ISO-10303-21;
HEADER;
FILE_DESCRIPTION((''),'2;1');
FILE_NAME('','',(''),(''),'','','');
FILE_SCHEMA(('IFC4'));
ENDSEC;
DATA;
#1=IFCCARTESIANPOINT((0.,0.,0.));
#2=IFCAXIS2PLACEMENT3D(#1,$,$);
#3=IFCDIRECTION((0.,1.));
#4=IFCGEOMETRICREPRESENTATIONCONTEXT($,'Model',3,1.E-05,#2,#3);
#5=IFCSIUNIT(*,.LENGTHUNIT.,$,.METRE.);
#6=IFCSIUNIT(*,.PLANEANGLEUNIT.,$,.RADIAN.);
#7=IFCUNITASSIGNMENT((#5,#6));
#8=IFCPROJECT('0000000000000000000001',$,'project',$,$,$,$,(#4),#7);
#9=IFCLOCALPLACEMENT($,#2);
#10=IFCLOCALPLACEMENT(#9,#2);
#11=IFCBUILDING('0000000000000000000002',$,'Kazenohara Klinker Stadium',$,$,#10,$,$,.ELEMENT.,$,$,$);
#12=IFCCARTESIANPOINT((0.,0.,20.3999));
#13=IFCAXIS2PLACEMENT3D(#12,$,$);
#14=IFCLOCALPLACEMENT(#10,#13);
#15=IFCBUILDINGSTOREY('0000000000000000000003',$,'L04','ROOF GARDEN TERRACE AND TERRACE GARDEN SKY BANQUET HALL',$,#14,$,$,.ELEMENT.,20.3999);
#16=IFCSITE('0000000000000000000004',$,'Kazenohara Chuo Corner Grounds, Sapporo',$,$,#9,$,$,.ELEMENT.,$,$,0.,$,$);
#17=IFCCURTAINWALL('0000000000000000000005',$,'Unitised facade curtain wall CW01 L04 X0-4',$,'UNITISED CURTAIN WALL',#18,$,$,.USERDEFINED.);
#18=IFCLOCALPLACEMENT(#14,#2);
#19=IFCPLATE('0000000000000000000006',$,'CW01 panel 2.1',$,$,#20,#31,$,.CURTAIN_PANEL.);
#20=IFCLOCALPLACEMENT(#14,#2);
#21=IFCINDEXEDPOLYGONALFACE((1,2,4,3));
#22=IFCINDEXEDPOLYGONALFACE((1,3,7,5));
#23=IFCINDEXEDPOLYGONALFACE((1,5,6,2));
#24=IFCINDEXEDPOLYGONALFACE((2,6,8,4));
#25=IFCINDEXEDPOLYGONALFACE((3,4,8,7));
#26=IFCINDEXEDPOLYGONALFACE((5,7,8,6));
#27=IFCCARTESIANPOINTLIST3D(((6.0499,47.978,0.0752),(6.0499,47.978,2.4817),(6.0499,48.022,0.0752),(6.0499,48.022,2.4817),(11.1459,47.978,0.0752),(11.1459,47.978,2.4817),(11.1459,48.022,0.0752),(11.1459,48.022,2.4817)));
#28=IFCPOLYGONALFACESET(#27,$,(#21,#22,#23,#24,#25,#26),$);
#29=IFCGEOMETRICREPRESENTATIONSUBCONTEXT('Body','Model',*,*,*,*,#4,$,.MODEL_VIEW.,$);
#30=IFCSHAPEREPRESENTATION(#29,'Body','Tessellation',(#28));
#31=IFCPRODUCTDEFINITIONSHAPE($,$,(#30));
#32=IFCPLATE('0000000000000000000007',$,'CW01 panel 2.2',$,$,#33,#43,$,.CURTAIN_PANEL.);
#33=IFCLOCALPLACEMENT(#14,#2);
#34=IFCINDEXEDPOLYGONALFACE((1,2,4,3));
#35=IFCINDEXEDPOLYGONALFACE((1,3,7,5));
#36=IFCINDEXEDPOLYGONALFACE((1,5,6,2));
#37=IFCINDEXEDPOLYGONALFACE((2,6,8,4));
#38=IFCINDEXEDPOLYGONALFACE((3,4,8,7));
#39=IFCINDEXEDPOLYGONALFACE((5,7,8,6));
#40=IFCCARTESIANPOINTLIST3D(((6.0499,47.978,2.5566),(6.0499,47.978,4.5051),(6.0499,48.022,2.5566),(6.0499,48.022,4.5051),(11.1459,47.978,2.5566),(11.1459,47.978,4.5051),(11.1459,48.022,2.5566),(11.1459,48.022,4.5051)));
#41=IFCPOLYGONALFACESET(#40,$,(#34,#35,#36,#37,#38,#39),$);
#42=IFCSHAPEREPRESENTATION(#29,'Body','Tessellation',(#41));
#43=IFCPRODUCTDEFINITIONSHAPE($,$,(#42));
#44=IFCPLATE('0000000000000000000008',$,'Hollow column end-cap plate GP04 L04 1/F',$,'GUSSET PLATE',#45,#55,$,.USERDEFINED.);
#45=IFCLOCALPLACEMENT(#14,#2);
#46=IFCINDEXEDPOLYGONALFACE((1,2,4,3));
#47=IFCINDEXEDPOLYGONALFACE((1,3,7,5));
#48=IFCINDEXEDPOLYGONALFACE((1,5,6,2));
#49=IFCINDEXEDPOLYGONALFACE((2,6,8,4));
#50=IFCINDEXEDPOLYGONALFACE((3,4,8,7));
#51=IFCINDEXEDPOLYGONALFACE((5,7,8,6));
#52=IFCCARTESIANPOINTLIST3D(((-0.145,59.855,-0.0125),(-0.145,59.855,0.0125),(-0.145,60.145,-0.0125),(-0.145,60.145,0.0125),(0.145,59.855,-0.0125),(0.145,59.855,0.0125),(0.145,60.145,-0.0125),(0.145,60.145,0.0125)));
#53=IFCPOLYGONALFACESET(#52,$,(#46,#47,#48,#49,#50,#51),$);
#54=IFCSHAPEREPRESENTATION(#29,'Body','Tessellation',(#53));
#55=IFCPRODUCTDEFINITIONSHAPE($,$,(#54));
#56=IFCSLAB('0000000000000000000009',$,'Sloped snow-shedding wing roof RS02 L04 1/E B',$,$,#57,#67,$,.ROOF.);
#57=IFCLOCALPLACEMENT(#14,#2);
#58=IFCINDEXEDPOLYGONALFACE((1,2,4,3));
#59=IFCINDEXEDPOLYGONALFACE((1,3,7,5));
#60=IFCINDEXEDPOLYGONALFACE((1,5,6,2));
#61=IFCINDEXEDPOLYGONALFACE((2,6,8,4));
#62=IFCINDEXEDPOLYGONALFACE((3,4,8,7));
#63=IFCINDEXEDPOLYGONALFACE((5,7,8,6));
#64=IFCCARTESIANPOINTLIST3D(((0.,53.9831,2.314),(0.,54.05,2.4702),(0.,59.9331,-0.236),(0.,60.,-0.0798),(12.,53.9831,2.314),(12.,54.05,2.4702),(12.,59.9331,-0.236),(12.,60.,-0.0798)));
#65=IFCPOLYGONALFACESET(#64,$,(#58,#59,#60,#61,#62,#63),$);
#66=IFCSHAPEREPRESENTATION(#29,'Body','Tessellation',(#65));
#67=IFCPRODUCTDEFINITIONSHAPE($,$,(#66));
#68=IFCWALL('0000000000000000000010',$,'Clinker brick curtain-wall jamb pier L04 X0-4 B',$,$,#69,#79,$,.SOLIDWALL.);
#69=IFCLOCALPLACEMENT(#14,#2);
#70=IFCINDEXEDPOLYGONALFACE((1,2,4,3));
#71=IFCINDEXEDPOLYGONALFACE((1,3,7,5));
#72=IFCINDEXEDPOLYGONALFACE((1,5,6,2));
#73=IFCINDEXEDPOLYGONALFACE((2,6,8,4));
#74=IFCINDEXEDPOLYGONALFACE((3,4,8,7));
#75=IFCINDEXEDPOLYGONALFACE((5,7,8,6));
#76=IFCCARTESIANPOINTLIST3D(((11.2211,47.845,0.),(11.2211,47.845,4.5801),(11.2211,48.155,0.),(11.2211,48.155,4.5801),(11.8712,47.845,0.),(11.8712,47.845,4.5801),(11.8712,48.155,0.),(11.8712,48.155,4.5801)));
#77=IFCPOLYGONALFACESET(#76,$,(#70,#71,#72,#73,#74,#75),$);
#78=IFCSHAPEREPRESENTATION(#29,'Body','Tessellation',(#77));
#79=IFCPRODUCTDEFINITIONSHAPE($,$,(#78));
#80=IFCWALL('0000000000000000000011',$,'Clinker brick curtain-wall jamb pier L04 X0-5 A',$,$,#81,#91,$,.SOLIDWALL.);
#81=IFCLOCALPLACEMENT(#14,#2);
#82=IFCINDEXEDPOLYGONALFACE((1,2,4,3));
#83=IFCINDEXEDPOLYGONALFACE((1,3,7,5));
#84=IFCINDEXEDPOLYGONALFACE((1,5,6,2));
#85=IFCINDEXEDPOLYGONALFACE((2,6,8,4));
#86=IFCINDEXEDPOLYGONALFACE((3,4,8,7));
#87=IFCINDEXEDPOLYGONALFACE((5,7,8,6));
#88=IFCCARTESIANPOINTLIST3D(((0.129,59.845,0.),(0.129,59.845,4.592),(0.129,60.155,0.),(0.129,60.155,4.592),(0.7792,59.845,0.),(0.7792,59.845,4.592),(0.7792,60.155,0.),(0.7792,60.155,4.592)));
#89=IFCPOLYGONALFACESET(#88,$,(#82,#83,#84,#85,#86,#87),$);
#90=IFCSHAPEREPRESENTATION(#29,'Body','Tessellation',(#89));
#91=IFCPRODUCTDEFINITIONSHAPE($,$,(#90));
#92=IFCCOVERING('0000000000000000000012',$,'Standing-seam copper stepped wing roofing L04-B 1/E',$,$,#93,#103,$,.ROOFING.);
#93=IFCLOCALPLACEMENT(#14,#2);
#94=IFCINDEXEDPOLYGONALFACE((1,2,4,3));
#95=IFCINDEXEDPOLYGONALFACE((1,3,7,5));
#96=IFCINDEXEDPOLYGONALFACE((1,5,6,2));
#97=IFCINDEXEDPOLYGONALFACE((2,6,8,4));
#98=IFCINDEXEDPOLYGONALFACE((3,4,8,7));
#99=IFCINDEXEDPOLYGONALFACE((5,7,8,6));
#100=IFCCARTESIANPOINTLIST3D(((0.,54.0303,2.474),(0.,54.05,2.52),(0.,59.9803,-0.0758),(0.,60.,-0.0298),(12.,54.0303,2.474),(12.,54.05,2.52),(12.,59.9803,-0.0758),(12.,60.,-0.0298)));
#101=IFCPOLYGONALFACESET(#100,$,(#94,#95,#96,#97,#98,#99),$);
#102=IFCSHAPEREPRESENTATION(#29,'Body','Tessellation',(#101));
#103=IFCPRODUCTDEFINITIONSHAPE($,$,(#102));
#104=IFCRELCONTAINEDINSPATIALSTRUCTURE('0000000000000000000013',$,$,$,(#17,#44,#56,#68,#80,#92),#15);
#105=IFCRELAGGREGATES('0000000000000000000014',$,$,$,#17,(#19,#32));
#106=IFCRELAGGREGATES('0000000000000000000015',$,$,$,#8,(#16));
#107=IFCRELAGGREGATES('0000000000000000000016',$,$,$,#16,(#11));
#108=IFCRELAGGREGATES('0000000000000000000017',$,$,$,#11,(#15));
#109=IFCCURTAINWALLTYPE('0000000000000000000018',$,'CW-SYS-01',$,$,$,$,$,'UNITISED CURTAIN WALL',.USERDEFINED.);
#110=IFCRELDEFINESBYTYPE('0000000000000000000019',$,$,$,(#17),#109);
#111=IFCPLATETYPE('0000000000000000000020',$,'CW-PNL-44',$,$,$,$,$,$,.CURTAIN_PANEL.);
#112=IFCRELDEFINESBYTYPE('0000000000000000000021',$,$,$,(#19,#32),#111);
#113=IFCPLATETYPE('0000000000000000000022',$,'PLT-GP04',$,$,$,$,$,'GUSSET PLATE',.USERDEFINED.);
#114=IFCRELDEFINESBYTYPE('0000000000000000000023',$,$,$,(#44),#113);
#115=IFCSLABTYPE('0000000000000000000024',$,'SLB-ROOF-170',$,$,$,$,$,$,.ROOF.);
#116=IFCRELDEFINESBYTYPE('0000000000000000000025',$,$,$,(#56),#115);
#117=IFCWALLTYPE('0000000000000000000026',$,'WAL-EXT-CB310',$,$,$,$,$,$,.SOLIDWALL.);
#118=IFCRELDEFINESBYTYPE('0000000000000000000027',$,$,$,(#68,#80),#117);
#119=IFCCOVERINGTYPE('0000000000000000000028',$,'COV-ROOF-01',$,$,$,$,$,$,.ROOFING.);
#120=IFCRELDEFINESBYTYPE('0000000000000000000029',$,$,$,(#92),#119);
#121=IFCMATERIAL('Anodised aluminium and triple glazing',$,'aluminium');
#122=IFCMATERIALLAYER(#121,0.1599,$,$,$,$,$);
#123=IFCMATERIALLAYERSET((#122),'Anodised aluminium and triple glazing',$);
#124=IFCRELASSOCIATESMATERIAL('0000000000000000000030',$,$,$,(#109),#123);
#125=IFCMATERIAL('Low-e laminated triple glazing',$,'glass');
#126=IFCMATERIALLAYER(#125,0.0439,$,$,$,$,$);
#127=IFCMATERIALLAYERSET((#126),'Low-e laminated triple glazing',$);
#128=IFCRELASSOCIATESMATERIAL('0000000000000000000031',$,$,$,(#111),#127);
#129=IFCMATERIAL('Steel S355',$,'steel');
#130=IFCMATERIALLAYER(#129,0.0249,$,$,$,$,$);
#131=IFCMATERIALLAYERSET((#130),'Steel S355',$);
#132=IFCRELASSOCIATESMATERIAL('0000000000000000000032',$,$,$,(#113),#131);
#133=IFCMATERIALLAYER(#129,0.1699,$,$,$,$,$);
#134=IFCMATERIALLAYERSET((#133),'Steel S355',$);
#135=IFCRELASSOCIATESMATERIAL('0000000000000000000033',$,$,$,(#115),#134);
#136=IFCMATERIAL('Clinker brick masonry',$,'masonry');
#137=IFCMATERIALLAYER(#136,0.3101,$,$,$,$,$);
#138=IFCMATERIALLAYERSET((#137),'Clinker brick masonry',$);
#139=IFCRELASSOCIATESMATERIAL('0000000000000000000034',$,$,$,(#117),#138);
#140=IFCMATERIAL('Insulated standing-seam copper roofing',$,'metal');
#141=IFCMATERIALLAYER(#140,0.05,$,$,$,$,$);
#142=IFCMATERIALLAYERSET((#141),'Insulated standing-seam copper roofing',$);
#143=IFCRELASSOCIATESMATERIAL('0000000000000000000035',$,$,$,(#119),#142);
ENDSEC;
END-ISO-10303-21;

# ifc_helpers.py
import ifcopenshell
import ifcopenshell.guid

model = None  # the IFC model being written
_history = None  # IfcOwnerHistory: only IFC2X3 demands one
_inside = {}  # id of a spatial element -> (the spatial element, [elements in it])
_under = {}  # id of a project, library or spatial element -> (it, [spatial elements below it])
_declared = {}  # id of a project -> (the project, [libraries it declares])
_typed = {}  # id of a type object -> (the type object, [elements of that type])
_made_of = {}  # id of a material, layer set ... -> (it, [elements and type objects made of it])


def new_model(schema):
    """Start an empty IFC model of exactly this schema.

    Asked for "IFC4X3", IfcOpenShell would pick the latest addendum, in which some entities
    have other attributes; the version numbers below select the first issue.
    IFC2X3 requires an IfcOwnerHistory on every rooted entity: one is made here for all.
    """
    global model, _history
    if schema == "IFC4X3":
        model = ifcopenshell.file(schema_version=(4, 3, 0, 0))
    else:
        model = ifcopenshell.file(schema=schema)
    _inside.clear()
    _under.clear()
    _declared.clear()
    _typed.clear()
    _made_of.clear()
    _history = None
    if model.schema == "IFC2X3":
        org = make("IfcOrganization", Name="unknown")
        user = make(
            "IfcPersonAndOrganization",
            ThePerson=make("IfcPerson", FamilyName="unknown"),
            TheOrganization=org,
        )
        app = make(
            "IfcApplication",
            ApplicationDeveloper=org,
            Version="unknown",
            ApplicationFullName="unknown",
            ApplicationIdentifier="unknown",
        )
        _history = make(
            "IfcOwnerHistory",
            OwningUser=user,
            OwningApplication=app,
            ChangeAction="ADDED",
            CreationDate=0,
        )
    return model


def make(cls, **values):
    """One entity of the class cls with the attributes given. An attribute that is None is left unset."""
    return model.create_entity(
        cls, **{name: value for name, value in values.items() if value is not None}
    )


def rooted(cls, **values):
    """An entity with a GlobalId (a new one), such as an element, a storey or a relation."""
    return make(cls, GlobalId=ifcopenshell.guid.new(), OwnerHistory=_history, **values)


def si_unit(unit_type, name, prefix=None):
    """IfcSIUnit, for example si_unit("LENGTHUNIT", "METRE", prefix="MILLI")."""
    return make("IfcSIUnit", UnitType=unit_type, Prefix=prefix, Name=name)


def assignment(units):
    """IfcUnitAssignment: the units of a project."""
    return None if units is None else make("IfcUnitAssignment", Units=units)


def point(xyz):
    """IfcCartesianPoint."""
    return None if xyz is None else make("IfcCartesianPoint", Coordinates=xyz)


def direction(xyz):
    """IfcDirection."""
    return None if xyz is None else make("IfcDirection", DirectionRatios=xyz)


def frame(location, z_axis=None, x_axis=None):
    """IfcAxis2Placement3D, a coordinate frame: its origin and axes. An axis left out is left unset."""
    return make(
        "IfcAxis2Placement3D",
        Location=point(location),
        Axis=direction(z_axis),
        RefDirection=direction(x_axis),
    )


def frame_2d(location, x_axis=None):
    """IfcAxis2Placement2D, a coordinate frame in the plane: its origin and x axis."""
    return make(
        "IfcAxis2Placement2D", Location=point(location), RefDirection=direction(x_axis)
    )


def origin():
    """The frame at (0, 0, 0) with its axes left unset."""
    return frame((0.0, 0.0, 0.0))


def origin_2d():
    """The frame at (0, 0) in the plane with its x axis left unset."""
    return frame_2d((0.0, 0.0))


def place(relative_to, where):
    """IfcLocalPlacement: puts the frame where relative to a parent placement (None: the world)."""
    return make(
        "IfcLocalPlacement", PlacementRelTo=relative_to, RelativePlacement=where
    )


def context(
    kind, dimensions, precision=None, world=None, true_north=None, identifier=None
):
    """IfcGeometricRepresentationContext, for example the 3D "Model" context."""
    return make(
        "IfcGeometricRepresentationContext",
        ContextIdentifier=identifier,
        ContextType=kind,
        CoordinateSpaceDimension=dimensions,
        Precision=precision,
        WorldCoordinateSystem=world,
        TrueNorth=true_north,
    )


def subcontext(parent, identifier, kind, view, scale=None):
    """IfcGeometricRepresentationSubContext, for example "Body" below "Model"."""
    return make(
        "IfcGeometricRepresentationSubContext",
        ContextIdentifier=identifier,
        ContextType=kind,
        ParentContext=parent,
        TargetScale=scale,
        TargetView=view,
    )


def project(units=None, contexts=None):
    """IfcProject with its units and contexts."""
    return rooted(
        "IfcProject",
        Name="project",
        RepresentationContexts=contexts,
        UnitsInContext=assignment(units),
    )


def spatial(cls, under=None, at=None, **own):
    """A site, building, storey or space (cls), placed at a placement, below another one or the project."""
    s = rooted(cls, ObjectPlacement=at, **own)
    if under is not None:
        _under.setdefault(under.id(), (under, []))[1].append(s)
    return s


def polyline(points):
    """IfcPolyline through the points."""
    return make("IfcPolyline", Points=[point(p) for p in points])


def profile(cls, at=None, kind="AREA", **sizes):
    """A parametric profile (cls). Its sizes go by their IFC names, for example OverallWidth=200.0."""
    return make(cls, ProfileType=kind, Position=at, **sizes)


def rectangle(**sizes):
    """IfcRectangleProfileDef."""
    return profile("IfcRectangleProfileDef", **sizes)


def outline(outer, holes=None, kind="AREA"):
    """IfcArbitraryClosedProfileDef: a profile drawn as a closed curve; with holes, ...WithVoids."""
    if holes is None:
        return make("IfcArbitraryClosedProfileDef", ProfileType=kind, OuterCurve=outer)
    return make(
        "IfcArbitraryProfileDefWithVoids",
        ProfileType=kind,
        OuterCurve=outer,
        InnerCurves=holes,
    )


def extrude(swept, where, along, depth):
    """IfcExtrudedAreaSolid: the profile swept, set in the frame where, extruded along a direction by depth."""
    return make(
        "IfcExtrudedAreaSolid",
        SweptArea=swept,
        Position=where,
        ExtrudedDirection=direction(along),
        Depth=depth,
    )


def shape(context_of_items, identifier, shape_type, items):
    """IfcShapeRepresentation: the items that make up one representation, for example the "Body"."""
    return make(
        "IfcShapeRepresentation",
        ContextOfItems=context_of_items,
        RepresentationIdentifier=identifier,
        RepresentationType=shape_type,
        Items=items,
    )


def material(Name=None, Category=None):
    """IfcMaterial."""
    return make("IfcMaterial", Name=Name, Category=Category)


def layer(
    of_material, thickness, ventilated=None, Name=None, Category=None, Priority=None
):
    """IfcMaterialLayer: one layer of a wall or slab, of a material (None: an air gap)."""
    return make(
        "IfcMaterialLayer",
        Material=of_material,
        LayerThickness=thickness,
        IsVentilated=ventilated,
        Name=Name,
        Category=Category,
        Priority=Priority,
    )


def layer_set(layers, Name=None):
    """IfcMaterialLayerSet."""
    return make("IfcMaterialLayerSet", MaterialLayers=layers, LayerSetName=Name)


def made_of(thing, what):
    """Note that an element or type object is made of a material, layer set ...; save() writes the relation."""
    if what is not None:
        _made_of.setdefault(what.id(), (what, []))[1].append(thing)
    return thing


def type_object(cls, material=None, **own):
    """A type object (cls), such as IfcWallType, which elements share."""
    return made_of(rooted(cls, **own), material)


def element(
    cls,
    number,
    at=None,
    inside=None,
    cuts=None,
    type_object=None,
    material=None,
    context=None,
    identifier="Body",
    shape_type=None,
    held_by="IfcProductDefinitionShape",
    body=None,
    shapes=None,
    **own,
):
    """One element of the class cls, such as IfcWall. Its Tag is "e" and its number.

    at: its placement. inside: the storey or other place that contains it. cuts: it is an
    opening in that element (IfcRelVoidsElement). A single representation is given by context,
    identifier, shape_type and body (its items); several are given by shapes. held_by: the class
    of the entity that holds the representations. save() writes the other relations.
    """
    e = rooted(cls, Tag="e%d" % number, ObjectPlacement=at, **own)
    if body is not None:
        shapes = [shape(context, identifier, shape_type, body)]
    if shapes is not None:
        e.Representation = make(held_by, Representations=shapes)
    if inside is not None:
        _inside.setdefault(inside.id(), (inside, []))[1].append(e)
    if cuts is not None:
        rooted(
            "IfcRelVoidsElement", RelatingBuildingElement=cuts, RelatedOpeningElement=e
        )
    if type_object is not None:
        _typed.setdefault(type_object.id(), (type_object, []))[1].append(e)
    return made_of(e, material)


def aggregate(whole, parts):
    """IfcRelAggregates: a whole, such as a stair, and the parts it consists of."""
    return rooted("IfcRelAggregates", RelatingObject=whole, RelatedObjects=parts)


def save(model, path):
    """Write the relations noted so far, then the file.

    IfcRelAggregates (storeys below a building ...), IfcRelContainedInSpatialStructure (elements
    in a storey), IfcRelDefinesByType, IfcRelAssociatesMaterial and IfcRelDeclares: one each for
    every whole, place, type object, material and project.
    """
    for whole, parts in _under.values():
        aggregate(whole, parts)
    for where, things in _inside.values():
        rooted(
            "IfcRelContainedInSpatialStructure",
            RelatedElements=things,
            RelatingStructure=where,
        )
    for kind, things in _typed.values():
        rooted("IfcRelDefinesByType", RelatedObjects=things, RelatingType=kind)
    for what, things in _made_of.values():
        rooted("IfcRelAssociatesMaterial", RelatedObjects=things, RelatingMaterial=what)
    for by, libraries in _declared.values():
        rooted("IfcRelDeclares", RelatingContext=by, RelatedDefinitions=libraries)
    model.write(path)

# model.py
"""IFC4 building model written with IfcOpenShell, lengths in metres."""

from ifc_helpers import new_model, si_unit, direction, frame, frame_2d, origin, origin_2d, place, context, subcontext, project, spatial, polyline, rectangle, outline, extrude, material, layer, layer_set, type_object, element, aggregate, save


model = new_model("IFC4")

# Units and contexts
model_context = context("Model", 3, precision=1e-05, world=origin(), true_north=direction((0.0, 1.0)))
body_context = subcontext(model_context, "Body", "Model", "MODEL_VIEW")
ifc_project = project(units=[si_unit("LENGTHUNIT", "METRE"), si_unit("PLANEANGLEUNIT", "RADIAN")], contexts=[model_context])

# Site, building, storey
site_placement = place(None, origin())
site = spatial("IfcSite", under=ifc_project, at=site_placement, Name="Kazenohara Chuo Corner Grounds, Sapporo", CompositionType="ELEMENT", RefElevation=0.0)
building_placement = place(site_placement, origin())
building = spatial("IfcBuilding", under=site, at=building_placement, Name="Kazenohara Klinker Stadium", CompositionType="ELEMENT")
storey_placement = place(building_placement, frame((0.0, 0.0, 20.3999)))
storey = spatial("IfcBuildingStorey", under=building, at=storey_placement, Name="L04", Description="ROOF GARDEN TERRACE AND TERRACE GARDEN SKY BANQUET HALL", CompositionType="ELEMENT", Elevation=20.3999)

# Shared definitions
ifc_material_1 = material(Name="Steel S355", Category="steel")

# Curtain wall
ifc_material_2 = material(Name="Anodised aluminium and triple glazing", Category="aluminium")
ifc_layer_1 = layer(ifc_material_2, 0.1599)
ifc_layer_set_1 = layer_set([ifc_layer_1], Name="Anodised aluminium and triple glazing")
curtain_wall_type_1 = type_object("IfcCurtainWallType", Name="CW-SYS-01", ElementType="UNITISED CURTAIN WALL", PredefinedType="USERDEFINED", material=ifc_layer_set_1)
curtain_wall_1_placement = place(storey_placement, origin())
curtain_wall_1 = element("IfcCurtainWall", 1, at=curtain_wall_1_placement, inside=storey, type_object=curtain_wall_type_1, Name="Unitised facade curtain wall CW01 L04 X0-4", ObjectType="UNITISED CURTAIN WALL", PredefinedType="USERDEFINED")

# Plates
ifc_material_3 = material(Name="Low-e laminated triple glazing", Category="glass")
ifc_layer_2 = layer(ifc_material_3, 0.0439)
ifc_layer_set_2 = layer_set([ifc_layer_2], Name="Low-e laminated triple glazing")
plate_type_1 = type_object("IfcPlateType", Name="CW-PNL-44", PredefinedType="CURTAIN_PANEL", material=ifc_layer_set_2)
plate_1_placement = place(storey_placement, frame((8.5979, 48.0, 0.0752), z_axis=(0.0, 0.0, 1.0), x_axis=(1.0, 0.0, 0.0)))
plate_1 = element("IfcPlate", 2, at=plate_1_placement, type_object=plate_type_1, Name="CW01 panel 2.1", PredefinedType="CURTAIN_PANEL", context=body_context, shape_type="SweptSolid", body=[
    extrude(rectangle(XDim=5.0959, YDim=0.0439, at=origin_2d()), origin(), (0.0, 0.0, 1.0), 2.4065),
])
plate_2_placement = place(storey_placement, frame((8.5979, 48.0, 2.5566), z_axis=(0.0, 0.0, 1.0), x_axis=(1.0, 0.0, 0.0)))
plate_2 = element("IfcPlate", 3, at=plate_2_placement, type_object=plate_type_1, Name="CW01 panel 2.2", PredefinedType="CURTAIN_PANEL", context=body_context, shape_type="SweptSolid", body=[
    extrude(rectangle(XDim=5.0959, YDim=0.0439, at=origin_2d()), origin(), (0.0, 0.0, 1.0), 1.9485),
])
aggregate(curtain_wall_1, [plate_1, plate_2])
ifc_layer_3 = layer(ifc_material_1, 0.0249)
ifc_layer_set_3 = layer_set([ifc_layer_3], Name="Steel S355")
plate_type_2 = type_object("IfcPlateType", Name="PLT-GP04", ElementType="GUSSET PLATE", PredefinedType="USERDEFINED", material=ifc_layer_set_3)
plate_3_placement = place(storey_placement, frame((0.0, 60.0, -0.0125), z_axis=(0.0, 0.0, 1.0), x_axis=(1.0, 0.0, 0.0)))
element("IfcPlate", 4, at=plate_3_placement, inside=storey, type_object=plate_type_2, Name="Hollow column end-cap plate GP04 L04 1/F", ObjectType="GUSSET PLATE", PredefinedType="USERDEFINED", context=body_context, shape_type="SweptSolid", body=[
    extrude(rectangle(XDim=0.29, YDim=0.29, at=origin_2d()), origin(), (0.0, 0.0, 1.0), 0.0249),
])

# Slab
ifc_layer_4 = layer(ifc_material_1, 0.1699)
ifc_layer_set_4 = layer_set([ifc_layer_4], Name="Steel S355")
slab_type = type_object("IfcSlabType", Name="SLB-ROOF-170", PredefinedType="ROOF", material=ifc_layer_set_4)
slab_placement = place(storey_placement, frame((0.0, 54.05, 2.4702), z_axis=(0.0, 0.393928, 0.919141), x_axis=(1.0, 0.0, 0.0)))
element("IfcSlab", 5, at=slab_placement, inside=storey, type_object=slab_type, Name="Sloped snow-shedding wing roof RS02 L04 1/E B", PredefinedType="ROOF", context=body_context, shape_type="SweptSolid", body=[
    extrude(outline(polyline([(0.0, 0.0), (12.0, 0.0), (12.0, 6.4734), (0.0, 6.4734), (0.0, 0.0)])), origin(), (0.0, 0.0, -1.0), 0.1699),
])

# Walls
ifc_material_4 = material(Name="Clinker brick masonry", Category="masonry")
ifc_layer_5 = layer(ifc_material_4, 0.3101)
ifc_layer_set_5 = layer_set([ifc_layer_5], Name="Clinker brick masonry")
wall_type = type_object("IfcWallType", Name="WAL-EXT-CB310", PredefinedType="SOLIDWALL", material=ifc_layer_set_5)
wall_1_placement = place(storey_placement, frame((11.2209, 48.0, 0.0), z_axis=(0.0, 0.0, 1.0), x_axis=(1.0, 0.0, 0.0)))
element("IfcWall", 6, at=wall_1_placement, inside=storey, type_object=wall_type, Name="Clinker brick curtain-wall jamb pier L04 X0-4 B", PredefinedType="SOLIDWALL", context=body_context, shape_type="SweptSolid", body=[
    extrude(rectangle(XDim=0.6501, YDim=0.3101, at=frame_2d((0.3252, 0.0))), origin(), (0.0, 0.0, 1.0), 4.5801),
])
wall_2_placement = place(storey_placement, frame((0.1289, 60.0, 0.0), z_axis=(0.0, 0.0, 1.0), x_axis=(1.0, 0.0, 0.0)))
element("IfcWall", 7, at=wall_2_placement, inside=storey, type_object=wall_type, Name="Clinker brick curtain-wall jamb pier L04 X0-5 A", PredefinedType="SOLIDWALL", context=body_context, shape_type="SweptSolid", body=[
    extrude(rectangle(XDim=0.6501, YDim=0.3101, at=frame_2d((0.3252, 0.0))), origin(), (0.0, 0.0, 1.0), 4.592),
])

# Covering
ifc_material_5 = material(Name="Insulated standing-seam copper roofing", Category="metal")
ifc_layer_6 = layer(ifc_material_5, 0.05)
ifc_layer_set_6 = layer_set([ifc_layer_6], Name="Insulated standing-seam copper roofing")
covering_type = type_object("IfcCoveringType", Name="COV-ROOF-01", PredefinedType="ROOFING", material=ifc_layer_set_6)
covering_placement = place(storey_placement, frame((0.0, 54.05, 2.52), z_axis=(0.0, 0.393897, 0.919155), x_axis=(1.0, 0.0, 0.0)))
element("IfcCovering", 8, at=covering_placement, inside=storey, type_object=covering_type, Name="Standing-seam copper stepped wing roofing L04-B 1/E", PredefinedType="ROOFING", context=body_context, shape_type="SweptSolid", body=[
    extrude(outline(polyline([(0.0, 0.0), (12.0, 0.0), (12.0, 6.4733), (0.0, 6.4733), (0.0, 0.0)])), origin(), (0.0, 0.0, -1.0), 0.05),
])

save(model, "model.ifc")
